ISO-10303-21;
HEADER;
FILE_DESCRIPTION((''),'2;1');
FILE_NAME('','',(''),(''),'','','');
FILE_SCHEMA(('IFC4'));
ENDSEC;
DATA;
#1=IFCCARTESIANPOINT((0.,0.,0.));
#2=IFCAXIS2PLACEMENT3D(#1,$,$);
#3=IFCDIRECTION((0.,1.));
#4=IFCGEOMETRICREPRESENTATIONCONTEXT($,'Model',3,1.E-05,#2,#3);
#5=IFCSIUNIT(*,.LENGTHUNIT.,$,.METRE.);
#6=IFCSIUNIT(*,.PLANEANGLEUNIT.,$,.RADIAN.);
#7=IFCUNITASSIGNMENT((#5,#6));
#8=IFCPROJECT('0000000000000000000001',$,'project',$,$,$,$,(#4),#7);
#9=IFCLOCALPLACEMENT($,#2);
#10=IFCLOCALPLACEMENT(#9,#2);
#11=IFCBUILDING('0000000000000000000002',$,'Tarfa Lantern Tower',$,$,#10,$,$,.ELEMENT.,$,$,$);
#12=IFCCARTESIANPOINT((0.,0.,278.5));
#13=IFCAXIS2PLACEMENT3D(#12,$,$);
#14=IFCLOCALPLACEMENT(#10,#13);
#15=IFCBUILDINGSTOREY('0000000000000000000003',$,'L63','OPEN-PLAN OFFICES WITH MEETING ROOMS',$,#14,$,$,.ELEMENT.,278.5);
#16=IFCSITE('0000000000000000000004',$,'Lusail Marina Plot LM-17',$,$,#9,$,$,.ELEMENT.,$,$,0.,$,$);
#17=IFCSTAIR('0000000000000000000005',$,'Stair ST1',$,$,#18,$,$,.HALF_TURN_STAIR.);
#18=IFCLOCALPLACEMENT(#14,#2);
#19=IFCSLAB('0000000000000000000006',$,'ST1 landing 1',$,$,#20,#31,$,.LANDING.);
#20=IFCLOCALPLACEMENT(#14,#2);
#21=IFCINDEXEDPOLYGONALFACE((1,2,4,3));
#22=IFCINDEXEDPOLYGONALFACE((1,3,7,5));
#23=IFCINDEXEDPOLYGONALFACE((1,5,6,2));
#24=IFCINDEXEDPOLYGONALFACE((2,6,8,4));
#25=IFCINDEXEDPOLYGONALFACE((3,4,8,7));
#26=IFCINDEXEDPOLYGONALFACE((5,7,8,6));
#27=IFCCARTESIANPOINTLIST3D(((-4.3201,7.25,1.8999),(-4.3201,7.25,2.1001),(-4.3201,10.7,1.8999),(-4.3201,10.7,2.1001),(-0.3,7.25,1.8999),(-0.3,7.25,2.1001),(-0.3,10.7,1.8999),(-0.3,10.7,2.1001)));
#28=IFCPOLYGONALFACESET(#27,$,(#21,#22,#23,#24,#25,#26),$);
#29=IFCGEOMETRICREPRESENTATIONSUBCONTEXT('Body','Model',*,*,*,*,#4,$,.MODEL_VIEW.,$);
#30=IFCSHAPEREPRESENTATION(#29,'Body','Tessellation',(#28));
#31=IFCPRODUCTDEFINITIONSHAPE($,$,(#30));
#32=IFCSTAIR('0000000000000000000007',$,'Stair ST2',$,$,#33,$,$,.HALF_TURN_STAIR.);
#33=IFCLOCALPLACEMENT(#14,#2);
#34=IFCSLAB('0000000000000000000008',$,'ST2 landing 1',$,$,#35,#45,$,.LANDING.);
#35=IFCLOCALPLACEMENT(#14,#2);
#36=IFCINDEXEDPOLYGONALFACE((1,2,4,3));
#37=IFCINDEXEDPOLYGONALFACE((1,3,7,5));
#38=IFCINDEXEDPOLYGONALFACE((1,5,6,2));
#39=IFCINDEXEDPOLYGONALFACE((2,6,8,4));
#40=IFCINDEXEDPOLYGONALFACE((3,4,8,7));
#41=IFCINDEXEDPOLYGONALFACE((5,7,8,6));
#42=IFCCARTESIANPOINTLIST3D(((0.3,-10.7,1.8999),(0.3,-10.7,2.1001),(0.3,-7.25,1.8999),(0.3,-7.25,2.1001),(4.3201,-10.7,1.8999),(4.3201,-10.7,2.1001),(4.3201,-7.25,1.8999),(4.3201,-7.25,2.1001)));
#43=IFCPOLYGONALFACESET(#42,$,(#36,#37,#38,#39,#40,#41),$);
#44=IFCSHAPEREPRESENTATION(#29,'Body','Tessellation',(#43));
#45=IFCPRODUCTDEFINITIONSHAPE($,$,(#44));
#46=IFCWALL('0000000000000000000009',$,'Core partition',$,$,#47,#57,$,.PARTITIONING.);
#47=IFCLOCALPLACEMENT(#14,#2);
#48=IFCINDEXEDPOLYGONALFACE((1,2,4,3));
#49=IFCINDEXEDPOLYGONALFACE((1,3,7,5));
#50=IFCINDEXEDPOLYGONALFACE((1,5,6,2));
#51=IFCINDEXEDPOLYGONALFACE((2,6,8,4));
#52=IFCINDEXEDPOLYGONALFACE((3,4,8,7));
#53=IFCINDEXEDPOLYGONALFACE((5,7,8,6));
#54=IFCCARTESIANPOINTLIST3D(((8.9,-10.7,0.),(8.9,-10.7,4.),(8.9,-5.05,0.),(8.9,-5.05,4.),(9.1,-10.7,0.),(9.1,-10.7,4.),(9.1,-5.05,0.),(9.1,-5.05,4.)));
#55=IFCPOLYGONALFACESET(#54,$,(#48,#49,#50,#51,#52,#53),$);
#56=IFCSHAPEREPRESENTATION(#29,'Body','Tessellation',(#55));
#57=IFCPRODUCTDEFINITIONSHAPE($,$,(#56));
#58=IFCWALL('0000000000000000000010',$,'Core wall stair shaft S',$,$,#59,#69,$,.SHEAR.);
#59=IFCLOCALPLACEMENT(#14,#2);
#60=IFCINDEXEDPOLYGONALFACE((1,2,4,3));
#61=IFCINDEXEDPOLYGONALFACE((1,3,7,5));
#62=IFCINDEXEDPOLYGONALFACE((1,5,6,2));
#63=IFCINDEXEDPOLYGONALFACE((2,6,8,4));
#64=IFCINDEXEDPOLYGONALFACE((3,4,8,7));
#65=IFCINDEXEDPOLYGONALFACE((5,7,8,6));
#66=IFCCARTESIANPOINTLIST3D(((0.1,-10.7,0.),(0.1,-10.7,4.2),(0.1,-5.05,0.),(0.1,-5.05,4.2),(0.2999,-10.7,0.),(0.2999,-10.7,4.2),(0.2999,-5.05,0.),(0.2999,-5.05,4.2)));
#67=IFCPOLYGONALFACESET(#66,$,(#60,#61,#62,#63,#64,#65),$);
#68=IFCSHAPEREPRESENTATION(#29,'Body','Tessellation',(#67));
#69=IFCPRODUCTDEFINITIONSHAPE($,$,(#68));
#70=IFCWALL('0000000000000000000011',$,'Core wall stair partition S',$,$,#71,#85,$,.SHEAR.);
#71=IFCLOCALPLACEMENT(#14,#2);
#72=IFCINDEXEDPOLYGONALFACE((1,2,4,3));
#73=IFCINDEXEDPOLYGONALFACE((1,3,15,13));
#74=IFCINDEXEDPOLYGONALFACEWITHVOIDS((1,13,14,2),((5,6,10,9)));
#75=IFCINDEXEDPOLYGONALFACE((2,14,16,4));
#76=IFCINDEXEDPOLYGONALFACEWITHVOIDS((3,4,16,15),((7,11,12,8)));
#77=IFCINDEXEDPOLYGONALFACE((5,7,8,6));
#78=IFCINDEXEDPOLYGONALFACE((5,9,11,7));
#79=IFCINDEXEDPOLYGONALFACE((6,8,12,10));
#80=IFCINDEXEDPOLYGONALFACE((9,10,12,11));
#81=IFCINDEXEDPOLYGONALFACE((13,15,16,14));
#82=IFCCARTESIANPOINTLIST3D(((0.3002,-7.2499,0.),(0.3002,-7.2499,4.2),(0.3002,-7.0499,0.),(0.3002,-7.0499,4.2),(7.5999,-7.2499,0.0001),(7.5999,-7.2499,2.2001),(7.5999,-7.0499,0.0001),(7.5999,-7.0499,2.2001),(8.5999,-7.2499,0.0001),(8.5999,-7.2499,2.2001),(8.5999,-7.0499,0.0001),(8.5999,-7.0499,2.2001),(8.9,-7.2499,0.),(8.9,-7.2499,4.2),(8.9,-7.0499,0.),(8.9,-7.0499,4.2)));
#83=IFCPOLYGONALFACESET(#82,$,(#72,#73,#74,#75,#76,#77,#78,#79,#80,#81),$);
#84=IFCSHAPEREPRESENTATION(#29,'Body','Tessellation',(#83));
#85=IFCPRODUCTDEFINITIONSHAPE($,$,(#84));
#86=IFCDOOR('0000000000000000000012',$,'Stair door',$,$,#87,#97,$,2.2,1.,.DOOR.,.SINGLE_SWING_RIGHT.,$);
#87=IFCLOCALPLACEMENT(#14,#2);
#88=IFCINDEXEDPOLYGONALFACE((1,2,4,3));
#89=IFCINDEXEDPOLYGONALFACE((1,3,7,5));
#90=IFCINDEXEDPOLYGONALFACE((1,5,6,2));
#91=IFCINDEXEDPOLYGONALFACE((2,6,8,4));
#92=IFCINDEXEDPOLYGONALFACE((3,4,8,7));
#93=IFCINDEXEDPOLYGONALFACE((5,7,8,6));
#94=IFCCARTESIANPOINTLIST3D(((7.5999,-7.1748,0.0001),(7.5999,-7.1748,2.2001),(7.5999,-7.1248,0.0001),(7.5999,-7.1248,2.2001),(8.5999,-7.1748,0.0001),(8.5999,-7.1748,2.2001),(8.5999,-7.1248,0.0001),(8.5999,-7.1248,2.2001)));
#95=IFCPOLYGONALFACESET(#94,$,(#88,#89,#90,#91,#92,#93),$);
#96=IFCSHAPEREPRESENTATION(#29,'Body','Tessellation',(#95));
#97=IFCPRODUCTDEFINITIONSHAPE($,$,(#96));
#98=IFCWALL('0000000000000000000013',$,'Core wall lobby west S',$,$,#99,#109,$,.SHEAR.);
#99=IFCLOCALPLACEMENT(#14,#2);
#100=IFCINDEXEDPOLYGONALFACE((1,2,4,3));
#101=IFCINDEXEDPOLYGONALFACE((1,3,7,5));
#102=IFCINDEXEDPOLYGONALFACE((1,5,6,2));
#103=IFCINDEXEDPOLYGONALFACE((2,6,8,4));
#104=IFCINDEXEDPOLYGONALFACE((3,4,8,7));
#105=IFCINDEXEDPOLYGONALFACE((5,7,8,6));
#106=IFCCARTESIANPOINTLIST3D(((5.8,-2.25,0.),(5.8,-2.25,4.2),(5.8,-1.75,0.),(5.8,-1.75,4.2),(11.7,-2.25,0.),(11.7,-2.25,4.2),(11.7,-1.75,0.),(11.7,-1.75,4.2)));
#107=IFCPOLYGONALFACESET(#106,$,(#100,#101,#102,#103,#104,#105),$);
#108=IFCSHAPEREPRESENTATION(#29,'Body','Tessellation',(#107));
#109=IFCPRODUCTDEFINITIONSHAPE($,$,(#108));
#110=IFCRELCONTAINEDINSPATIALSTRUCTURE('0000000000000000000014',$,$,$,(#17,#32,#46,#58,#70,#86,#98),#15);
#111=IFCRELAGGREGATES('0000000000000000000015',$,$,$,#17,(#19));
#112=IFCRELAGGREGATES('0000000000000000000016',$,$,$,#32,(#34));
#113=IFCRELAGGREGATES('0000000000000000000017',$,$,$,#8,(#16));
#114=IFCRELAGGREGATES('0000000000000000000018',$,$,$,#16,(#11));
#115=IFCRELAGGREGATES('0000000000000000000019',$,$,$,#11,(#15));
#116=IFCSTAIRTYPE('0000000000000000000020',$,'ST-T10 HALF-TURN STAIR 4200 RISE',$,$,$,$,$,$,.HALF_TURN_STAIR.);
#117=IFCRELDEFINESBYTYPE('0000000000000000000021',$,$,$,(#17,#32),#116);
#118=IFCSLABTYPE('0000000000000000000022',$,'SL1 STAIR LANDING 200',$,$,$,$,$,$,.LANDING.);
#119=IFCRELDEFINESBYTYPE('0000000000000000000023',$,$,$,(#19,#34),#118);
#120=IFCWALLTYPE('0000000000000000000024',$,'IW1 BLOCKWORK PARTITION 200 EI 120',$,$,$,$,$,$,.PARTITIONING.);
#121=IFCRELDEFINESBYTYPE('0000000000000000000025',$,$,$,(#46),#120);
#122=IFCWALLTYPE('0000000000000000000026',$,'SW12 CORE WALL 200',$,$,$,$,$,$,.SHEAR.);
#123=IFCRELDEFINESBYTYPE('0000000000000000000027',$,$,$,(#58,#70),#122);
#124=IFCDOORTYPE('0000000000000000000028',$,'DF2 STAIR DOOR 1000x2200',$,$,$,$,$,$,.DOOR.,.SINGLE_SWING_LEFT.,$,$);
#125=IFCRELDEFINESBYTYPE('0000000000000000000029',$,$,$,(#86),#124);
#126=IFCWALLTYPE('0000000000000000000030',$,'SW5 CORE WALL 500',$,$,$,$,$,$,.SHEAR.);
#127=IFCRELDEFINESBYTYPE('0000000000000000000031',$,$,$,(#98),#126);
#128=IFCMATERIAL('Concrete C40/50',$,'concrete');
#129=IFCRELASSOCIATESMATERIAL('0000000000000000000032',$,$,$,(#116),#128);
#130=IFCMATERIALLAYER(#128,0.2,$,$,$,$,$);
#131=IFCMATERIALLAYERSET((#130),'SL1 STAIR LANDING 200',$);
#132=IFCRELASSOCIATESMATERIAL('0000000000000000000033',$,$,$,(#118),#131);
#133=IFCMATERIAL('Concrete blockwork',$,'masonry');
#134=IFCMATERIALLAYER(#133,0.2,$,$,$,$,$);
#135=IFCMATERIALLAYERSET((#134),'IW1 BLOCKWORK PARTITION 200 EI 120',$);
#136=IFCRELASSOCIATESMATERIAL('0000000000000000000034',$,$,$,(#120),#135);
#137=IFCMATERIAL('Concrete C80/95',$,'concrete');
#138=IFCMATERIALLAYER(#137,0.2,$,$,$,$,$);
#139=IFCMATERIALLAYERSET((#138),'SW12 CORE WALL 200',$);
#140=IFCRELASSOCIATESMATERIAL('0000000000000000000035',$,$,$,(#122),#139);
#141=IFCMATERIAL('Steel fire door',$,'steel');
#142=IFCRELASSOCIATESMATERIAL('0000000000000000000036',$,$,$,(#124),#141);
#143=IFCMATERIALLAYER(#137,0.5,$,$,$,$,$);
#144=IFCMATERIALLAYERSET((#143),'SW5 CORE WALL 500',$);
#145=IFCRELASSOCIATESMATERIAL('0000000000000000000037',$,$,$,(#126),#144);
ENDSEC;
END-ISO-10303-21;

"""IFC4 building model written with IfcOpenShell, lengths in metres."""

from ifc_helpers import new_model, si_unit, direction, frame, frame_2d, origin, place, context, subcontext, project, spatial, polyline, rectangle, outline, extrude, material, layer, layer_set, type_object, element, fill, aggregate, save


model = new_model("IFC4")

# Units and contexts
model_context = context("Model", 3, precision=1e-05, world=origin(), true_north=direction((0.0, 1.0)))
body_context = subcontext(model_context, "Body", "Model", "MODEL_VIEW")
ifc_project = project(units=[si_unit("LENGTHUNIT", "METRE"), si_unit("PLANEANGLEUNIT", "RADIAN")], contexts=[model_context])

# Site, building, storey
site_placement = place(None, origin())
site = spatial("IfcSite", under=ifc_project, at=site_placement, Name="Lusail Marina Plot LM-17", CompositionType="ELEMENT", RefElevation=0.0)
building_placement = place(site_placement, origin())
building = spatial("IfcBuilding", under=site, at=building_placement, Name="Tarfa Lantern Tower", CompositionType="ELEMENT")
storey_placement = place(building_placement, frame((0.0, 0.0, 278.5)))
storey = spatial("IfcBuildingStorey", under=building, at=storey_placement, Name="L63", Description="OPEN-PLAN OFFICES WITH MEETING ROOMS", CompositionType="ELEMENT", Elevation=278.5)

# Stairs, slabs
ifc_material_1 = material(Name="Concrete C40/50", Category="concrete")
stair_type = type_object("IfcStairType", Name="ST-T10 HALF-TURN STAIR 4200 RISE", PredefinedType="HALF_TURN_STAIR", material=ifc_material_1)
stair_1_placement = place(storey_placement, origin())
stair_1 = element("IfcStair", 1, at=stair_1_placement, inside=storey, type_object=stair_type, Name="Stair ST1", PredefinedType="HALF_TURN_STAIR")
ifc_layer_1 = layer(ifc_material_1, 0.2)
ifc_layer_set_1 = layer_set([ifc_layer_1], Name="SL1 STAIR LANDING 200")
slab_type = type_object("IfcSlabType", Name="SL1 STAIR LANDING 200", PredefinedType="LANDING", material=ifc_layer_set_1)
slab_1_placement = place(storey_placement, frame((0.0, 0.0, 1.8999)))
slab_1 = element("IfcSlab", 2, at=slab_1_placement, type_object=slab_type, Name="ST1 landing 1", PredefinedType="LANDING", context=body_context, shape_type="SweptSolid", body=[
    extrude(outline(polyline([(-4.3201, 7.25), (-0.3, 7.25), (-0.3, 10.7), (-4.3201, 10.7), (-4.3201, 7.25)])), origin(), (0.0, 0.0, 1.0), 0.2002),
])
aggregate(stair_1, [slab_1])
stair_2_placement = place(storey_placement, origin())
stair_2 = element("IfcStair", 3, at=stair_2_placement, inside=storey, type_object=stair_type, Name="Stair ST2", PredefinedType="HALF_TURN_STAIR")
slab_2_placement = place(storey_placement, frame((0.0, 0.0, 1.8999)))
slab_2 = element("IfcSlab", 4, at=slab_2_placement, type_object=slab_type, Name="ST2 landing 1", PredefinedType="LANDING", context=body_context, shape_type="SweptSolid", body=[
    extrude(outline(polyline([(4.3201, -7.25), (0.3, -7.25), (0.3, -10.7), (4.3201, -10.7), (4.3201, -7.25)])), origin(), (0.0, 0.0, 1.0), 0.2002),
])

# Walls
ifc_material_2 = material(Name="Concrete blockwork", Category="masonry")
ifc_layer_2 = layer(ifc_material_2, 0.2)
ifc_layer_set_2 = layer_set([ifc_layer_2], Name="IW1 BLOCKWORK PARTITION 200 EI 120")
wall_type_1 = type_object("IfcWallType", Name="IW1 BLOCKWORK PARTITION 200 EI 120", PredefinedType="PARTITIONING", material=ifc_layer_set_2)
wall_1_placement = place(storey_placement, frame((9.0, -5.05, 0.0), z_axis=(0.0, 0.0, 1.0), x_axis=(0.0, -1.0, 0.0)))
element("IfcWall", 5, at=wall_1_placement, inside=storey, type_object=wall_type_1, Name="Core partition", PredefinedType="PARTITIONING", context=body_context, shape_type="SweptSolid", body=[
    extrude(rectangle(XDim=5.6499, YDim=0.2, at=frame_2d((2.825, 0.0))), origin(), (0.0, 0.0, 1.0), 4.0),
])
ifc_material_3 = material(Name="Concrete C80/95", Category="concrete")
ifc_layer_3 = layer(ifc_material_3, 0.2)
ifc_layer_set_3 = layer_set([ifc_layer_3], Name="SW12 CORE WALL 200")
wall_type_2 = type_object("IfcWallType", Name="SW12 CORE WALL 200", PredefinedType="SHEAR", material=ifc_layer_set_3)
wall_2_placement = place(storey_placement, frame((0.2, -5.05, 0.0), z_axis=(0.0, 0.0, 1.0), x_axis=(0.0, -1.0, 0.0)))
element("IfcWall", 6, at=wall_2_placement, inside=storey, type_object=wall_type_2, Name="Core wall stair shaft S", PredefinedType="SHEAR", context=body_context, shape_type="SweptSolid", body=[
    extrude(rectangle(XDim=5.6499, YDim=0.2, at=frame_2d((2.825, 0.0))), origin(), (0.0, 0.0, 1.0), 4.2),
])

# Wall, opening, door
wall_3_placement = place(storey_placement, frame((8.8999, -7.1499, 0.0), z_axis=(0.0, 0.0, 1.0), x_axis=(-1.0, 0.0, 0.0)))
wall_3 = element("IfcWall", 7, at=wall_3_placement, inside=storey, type_object=wall_type_2, Name="Core wall stair partition S", PredefinedType="SHEAR", context=body_context, shape_type="SweptSolid", body=[
    extrude(rectangle(XDim=8.5999, YDim=0.2, at=frame_2d((4.2998, 0.0))), origin(), (0.0, 0.0, 1.0), 4.2),
])
opening_1_placement = place(wall_3_placement, frame((0.3, 0.0, 0.0)))
opening_1 = element("IfcOpeningElement", 8, at=opening_1_placement, cuts=wall_3, PredefinedType="OPENING", context=body_context, shape_type="SweptSolid", body=[
    extrude(rectangle(XDim=1.0, YDim=2.2, at=frame_2d((0.5, 1.1001))), frame((0.0, 0.1099, 0.0), z_axis=(0.0, -1.0, 0.0), x_axis=(1.0, 0.0, 0.0)), (0.0, 0.0, 1.0), 0.22),
])
ifc_material_4 = material(Name="Steel fire door", Category="steel")
door_type_1 = type_object("IfcDoorType", Name="DF2 STAIR DOOR 1000x2200", OperationType="SINGLE_SWING_LEFT", PredefinedType="DOOR", material=ifc_material_4)
door_1_placement = place(opening_1_placement, origin())
door_1 = element("IfcDoor", 9, at=door_1_placement, inside=storey, type_object=door_type_1, Name="Stair door", OperationType="SINGLE_SWING_RIGHT", OverallHeight=2.2, OverallWidth=1.0, PredefinedType="DOOR", context=body_context, shape_type="SweptSolid", body=[
    extrude(rectangle(XDim=1.0, YDim=2.2, at=frame_2d((0.5, 1.1001))), frame((0.0, 0.0249, 0.0), z_axis=(0.0, -1.0, 0.0), x_axis=(1.0, 0.0, 0.0)), (0.0, 0.0, 1.0), 0.05),
])
fill(opening_1, door_1)

# Wall
ifc_layer_4 = layer(ifc_material_3, 0.5)
ifc_layer_set_4 = layer_set([ifc_layer_4], Name="SW5 CORE WALL 500")
wall_type_3 = type_object("IfcWallType", Name="SW5 CORE WALL 500", PredefinedType="SHEAR", material=ifc_layer_set_4)
wall_4_placement = place(storey_placement, frame((11.7, -2.0, 0.0), z_axis=(0.0, 0.0, 1.0), x_axis=(-1.0, 0.0, 0.0)))
element("IfcWall", 10, at=wall_4_placement, inside=storey, type_object=wall_type_3, Name="Core wall lobby west S", PredefinedType="SHEAR", context=body_context, shape_type="SweptSolid", body=[
    extrude(rectangle(XDim=5.8999, YDim=0.5, at=frame_2d((2.95, 0.0))), origin(), (0.0, 0.0, 1.0), 4.2),
])

aggregate(stair_2, [slab_2])

save(model, "model.ifc")
